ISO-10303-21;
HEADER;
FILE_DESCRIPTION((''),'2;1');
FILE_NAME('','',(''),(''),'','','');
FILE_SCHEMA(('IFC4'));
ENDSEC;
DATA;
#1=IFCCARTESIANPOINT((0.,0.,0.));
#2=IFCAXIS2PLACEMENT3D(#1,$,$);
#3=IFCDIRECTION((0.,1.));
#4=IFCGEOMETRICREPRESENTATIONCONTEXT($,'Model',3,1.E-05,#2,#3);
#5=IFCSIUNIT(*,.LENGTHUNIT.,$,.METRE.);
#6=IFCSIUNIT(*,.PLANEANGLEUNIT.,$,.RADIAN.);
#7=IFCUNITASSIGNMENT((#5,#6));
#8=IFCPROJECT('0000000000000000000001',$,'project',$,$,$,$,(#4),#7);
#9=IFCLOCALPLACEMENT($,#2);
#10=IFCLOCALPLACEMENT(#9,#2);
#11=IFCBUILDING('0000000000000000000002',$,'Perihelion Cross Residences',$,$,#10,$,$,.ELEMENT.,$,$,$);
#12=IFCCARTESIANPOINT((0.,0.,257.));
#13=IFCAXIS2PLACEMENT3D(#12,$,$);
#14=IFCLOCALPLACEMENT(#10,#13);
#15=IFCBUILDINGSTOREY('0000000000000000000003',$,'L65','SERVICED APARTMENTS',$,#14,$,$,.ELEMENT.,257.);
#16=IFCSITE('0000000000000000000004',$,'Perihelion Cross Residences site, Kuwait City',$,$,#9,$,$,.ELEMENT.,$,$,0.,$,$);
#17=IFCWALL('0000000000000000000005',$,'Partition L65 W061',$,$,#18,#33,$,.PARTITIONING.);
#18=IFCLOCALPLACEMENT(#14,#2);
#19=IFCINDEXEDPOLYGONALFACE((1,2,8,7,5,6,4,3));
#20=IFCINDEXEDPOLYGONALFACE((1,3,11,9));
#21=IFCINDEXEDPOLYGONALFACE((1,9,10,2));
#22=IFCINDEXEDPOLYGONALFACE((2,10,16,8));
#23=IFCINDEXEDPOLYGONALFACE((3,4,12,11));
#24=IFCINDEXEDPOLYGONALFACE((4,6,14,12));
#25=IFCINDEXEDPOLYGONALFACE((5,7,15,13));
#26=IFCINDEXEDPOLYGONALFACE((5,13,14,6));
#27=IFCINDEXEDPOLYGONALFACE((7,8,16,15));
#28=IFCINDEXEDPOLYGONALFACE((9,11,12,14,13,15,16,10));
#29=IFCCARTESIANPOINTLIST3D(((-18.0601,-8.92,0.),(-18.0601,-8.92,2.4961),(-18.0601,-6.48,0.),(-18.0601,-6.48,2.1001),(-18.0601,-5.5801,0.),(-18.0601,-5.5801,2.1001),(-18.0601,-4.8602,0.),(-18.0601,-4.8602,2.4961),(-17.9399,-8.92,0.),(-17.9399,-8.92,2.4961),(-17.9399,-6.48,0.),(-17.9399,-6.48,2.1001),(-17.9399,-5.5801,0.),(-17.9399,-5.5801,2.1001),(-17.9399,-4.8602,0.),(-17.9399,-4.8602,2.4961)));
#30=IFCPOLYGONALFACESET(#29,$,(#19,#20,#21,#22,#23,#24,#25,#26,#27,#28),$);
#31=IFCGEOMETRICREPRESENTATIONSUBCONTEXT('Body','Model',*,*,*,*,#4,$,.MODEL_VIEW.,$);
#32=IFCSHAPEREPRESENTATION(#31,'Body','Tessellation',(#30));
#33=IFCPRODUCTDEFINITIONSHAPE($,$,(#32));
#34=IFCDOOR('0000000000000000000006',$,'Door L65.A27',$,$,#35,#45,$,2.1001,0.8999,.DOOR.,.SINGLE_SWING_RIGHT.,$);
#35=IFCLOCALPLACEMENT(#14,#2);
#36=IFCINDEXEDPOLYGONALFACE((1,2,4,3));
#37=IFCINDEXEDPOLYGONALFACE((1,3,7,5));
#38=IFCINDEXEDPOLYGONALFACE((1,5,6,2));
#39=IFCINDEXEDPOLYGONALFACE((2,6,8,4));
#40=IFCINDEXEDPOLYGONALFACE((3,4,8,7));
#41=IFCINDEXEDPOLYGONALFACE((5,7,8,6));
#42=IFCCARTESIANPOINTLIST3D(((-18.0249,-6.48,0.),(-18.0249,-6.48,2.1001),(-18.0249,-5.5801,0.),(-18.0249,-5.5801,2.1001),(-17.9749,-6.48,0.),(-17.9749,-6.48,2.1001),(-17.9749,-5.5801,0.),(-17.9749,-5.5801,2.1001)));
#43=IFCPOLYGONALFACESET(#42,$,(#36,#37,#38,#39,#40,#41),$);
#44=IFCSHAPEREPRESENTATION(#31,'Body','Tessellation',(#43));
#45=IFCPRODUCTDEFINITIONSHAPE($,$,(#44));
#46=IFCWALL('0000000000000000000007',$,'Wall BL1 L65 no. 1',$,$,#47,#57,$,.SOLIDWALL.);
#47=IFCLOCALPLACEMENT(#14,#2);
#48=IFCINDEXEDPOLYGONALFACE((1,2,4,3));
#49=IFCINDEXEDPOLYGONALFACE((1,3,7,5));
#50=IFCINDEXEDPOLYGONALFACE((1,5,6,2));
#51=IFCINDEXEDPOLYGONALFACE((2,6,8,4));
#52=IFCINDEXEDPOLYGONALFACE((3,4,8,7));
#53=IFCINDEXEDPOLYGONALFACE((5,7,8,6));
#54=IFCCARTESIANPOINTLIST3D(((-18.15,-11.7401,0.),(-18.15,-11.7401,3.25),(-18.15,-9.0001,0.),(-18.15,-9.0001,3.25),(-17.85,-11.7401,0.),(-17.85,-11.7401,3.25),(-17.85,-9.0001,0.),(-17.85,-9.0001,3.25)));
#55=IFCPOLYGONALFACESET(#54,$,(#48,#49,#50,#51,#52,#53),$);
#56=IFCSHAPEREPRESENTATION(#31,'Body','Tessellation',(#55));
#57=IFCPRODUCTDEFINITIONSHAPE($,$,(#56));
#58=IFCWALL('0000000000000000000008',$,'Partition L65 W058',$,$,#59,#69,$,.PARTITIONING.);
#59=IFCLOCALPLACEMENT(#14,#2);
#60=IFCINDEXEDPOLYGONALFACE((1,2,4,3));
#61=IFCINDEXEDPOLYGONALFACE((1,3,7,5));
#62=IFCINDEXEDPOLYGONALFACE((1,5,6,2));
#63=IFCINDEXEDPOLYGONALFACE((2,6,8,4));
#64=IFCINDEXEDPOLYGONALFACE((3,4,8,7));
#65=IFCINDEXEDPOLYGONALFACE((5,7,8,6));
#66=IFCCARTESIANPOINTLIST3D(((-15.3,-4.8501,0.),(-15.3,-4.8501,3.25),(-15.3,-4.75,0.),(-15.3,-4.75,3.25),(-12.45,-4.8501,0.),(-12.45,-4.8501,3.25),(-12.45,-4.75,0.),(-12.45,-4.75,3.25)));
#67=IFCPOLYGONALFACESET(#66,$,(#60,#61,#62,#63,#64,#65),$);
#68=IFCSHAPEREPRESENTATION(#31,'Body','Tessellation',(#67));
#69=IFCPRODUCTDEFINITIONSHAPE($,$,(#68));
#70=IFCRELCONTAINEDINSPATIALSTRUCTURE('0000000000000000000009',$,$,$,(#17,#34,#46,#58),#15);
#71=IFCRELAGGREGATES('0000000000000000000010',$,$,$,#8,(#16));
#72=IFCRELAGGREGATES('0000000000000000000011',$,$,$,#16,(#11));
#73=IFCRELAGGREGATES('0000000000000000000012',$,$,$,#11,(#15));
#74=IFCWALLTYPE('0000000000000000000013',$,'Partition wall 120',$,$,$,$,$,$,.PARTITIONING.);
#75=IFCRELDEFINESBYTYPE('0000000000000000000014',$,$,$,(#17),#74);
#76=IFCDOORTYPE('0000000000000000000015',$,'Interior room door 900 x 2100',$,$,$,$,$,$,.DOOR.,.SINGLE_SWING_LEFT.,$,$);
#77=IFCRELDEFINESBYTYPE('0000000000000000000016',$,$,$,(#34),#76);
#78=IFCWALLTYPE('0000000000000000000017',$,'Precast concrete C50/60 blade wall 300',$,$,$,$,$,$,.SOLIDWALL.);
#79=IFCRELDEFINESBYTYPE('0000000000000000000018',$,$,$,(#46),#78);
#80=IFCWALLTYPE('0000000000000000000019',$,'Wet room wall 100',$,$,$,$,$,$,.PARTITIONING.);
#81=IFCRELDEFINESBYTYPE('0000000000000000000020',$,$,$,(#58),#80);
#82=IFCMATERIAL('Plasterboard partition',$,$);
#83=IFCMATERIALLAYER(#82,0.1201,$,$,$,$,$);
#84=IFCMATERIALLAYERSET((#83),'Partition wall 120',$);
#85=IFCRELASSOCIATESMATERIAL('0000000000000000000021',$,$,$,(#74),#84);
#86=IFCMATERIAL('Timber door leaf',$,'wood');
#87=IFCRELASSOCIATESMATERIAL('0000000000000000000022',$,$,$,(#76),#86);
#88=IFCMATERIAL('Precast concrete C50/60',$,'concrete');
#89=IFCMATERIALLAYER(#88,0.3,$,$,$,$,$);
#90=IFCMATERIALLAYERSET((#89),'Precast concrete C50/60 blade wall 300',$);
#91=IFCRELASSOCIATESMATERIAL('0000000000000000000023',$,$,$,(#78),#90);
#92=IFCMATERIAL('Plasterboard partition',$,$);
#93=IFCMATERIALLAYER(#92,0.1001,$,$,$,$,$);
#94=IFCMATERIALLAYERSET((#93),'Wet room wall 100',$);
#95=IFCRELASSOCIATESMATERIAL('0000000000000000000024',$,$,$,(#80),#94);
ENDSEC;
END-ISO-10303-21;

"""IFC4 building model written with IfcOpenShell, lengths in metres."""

from ifc_helpers import new_model, si_unit, direction, frame, frame_2d, origin, place, context, subcontext, project, spatial, rectangle, extrude, material, layer, layer_set, type_object, element, fill, save


model = new_model("IFC4")

# Units and contexts
model_context = context("Model", 3, precision=1e-05, world=origin(), true_north=direction((0.0, 1.0)))
body_context = subcontext(model_context, "Body", "Model", "MODEL_VIEW")
ifc_project = project(units=[si_unit("LENGTHUNIT", "METRE"), si_unit("PLANEANGLEUNIT", "RADIAN")], contexts=[model_context])

# Site, building, storey
site_placement = place(None, origin())
site = spatial("IfcSite", under=ifc_project, at=site_placement, Name="Perihelion Cross Residences site, Kuwait City", CompositionType="ELEMENT", RefElevation=0.0)
building_placement = place(site_placement, origin())
building = spatial("IfcBuilding", under=site, at=building_placement, Name="Perihelion Cross Residences", CompositionType="ELEMENT")
storey_placement = place(building_placement, frame((0.0, 0.0, 257.0)))
storey = spatial("IfcBuildingStorey", under=building, at=storey_placement, Name="L65", Description="SERVICED APARTMENTS", CompositionType="ELEMENT", Elevation=257.0)

# Wall, opening, door
ifc_material_1 = material(Name="Plasterboard partition")
ifc_layer_1 = layer(ifc_material_1, 0.1201)
ifc_layer_set_1 = layer_set([ifc_layer_1], Name="Partition wall 120")
wall_type_1 = type_object("IfcWallType", Name="Partition wall 120", PredefinedType="PARTITIONING", material=ifc_layer_set_1)
ifc_material_2 = material(Name="Timber door leaf", Category="wood")
door_type_1 = type_object("IfcDoorType", Name="Interior room door 900 x 2100", OperationType="SINGLE_SWING_LEFT", PredefinedType="DOOR", material=ifc_material_2)
wall_1_placement = place(storey_placement, frame((-18.0, -8.9199, 0.0), z_axis=(0.0, 0.0, 1.0), x_axis=(0.0, 1.0, 0.0)))
wall_1 = element("IfcWall", 1, at=wall_1_placement, inside=storey, type_object=wall_type_1, Name="Partition L65 W061", PredefinedType="PARTITIONING", context=body_context, shape_type="SweptSolid", body=[
    extrude(rectangle(XDim=4.0598, YDim=0.1201, at=frame_2d((2.0298, 0.0))), origin(), (0.0, 0.0, 1.0), 2.4961),
])
opening_1_placement = place(wall_1_placement, frame((2.4399, 0.0, 0.0)))
opening_1 = element("IfcOpeningElement", 2, at=opening_1_placement, cuts=wall_1, PredefinedType="OPENING", context=body_context, shape_type="SweptSolid", body=[
    extrude(rectangle(XDim=0.8999, YDim=2.1001, at=frame_2d((0.45, 1.05))), frame((0.0, 0.0701, 0.0), z_axis=(0.0, -1.0, 0.0), x_axis=(1.0, 0.0, 0.0)), (0.0, 0.0, 1.0), 0.1401),
])
door_1_placement = place(opening_1_placement, origin())
door_1 = element("IfcDoor", 3, at=door_1_placement, inside=storey, type_object=door_type_1, Name="Door L65.A27", OperationType="SINGLE_SWING_RIGHT", OverallHeight=2.1001, OverallWidth=0.8999, PredefinedType="DOOR", context=body_context, shape_type="SweptSolid", body=[
    extrude(rectangle(XDim=0.8999, YDim=2.1001, at=frame_2d((0.45, 1.05))), frame((0.0, 0.0249, 0.0), z_axis=(0.0, -1.0, 0.0), x_axis=(1.0, 0.0, 0.0)), (0.0, 0.0, 1.0), 0.05),
])
fill(opening_1, door_1)

# Walls
ifc_material_3 = material(Name="Precast concrete C50/60", Category="concrete")
ifc_layer_2 = layer(ifc_material_3, 0.3)
ifc_layer_set_2 = layer_set([ifc_layer_2], Name="Precast concrete C50/60 blade wall 300")
wall_type_2 = type_object("IfcWallType", Name="Precast concrete C50/60 blade wall 300", PredefinedType="SOLIDWALL", material=ifc_layer_set_2)
wall_2_placement = place(storey_placement, frame((-18.0, -9.0, 0.0), z_axis=(0.0, 0.0, 1.0), x_axis=(0.0, -1.0, 0.0)))
element("IfcWall", 4, at=wall_2_placement, inside=storey, type_object=wall_type_2, Name="Wall BL1 L65 no. 1", PredefinedType="SOLIDWALL", context=body_context, shape_type="SweptSolid", body=[
    extrude(rectangle(XDim=2.74, YDim=0.3, at=frame_2d((1.3701, 0.0))), origin(), (0.0, 0.0, 1.0), 3.25),
])
ifc_material_4 = material(Name="Plasterboard partition")
ifc_layer_3 = layer(ifc_material_4, 0.1001)
ifc_layer_set_3 = layer_set([ifc_layer_3], Name="Wet room wall 100")
wall_type_3 = type_object("IfcWallType", Name="Wet room wall 100", PredefinedType="PARTITIONING", material=ifc_layer_set_3)
wall_3_placement = place(storey_placement, frame((-12.45, -4.8, 0.0), z_axis=(0.0, 0.0, 1.0), x_axis=(-1.0, 0.0, 0.0)))
element("IfcWall", 5, at=wall_3_placement, inside=storey, type_object=wall_type_3, Name="Partition L65 W058", PredefinedType="PARTITIONING", context=body_context, shape_type="SweptSolid", body=[
    extrude(rectangle(XDim=2.8501, YDim=0.1001, at=frame_2d((1.425, 0.0))), origin(), (0.0, 0.0, 1.0), 3.25),
])

save(model, "model.ifc")
